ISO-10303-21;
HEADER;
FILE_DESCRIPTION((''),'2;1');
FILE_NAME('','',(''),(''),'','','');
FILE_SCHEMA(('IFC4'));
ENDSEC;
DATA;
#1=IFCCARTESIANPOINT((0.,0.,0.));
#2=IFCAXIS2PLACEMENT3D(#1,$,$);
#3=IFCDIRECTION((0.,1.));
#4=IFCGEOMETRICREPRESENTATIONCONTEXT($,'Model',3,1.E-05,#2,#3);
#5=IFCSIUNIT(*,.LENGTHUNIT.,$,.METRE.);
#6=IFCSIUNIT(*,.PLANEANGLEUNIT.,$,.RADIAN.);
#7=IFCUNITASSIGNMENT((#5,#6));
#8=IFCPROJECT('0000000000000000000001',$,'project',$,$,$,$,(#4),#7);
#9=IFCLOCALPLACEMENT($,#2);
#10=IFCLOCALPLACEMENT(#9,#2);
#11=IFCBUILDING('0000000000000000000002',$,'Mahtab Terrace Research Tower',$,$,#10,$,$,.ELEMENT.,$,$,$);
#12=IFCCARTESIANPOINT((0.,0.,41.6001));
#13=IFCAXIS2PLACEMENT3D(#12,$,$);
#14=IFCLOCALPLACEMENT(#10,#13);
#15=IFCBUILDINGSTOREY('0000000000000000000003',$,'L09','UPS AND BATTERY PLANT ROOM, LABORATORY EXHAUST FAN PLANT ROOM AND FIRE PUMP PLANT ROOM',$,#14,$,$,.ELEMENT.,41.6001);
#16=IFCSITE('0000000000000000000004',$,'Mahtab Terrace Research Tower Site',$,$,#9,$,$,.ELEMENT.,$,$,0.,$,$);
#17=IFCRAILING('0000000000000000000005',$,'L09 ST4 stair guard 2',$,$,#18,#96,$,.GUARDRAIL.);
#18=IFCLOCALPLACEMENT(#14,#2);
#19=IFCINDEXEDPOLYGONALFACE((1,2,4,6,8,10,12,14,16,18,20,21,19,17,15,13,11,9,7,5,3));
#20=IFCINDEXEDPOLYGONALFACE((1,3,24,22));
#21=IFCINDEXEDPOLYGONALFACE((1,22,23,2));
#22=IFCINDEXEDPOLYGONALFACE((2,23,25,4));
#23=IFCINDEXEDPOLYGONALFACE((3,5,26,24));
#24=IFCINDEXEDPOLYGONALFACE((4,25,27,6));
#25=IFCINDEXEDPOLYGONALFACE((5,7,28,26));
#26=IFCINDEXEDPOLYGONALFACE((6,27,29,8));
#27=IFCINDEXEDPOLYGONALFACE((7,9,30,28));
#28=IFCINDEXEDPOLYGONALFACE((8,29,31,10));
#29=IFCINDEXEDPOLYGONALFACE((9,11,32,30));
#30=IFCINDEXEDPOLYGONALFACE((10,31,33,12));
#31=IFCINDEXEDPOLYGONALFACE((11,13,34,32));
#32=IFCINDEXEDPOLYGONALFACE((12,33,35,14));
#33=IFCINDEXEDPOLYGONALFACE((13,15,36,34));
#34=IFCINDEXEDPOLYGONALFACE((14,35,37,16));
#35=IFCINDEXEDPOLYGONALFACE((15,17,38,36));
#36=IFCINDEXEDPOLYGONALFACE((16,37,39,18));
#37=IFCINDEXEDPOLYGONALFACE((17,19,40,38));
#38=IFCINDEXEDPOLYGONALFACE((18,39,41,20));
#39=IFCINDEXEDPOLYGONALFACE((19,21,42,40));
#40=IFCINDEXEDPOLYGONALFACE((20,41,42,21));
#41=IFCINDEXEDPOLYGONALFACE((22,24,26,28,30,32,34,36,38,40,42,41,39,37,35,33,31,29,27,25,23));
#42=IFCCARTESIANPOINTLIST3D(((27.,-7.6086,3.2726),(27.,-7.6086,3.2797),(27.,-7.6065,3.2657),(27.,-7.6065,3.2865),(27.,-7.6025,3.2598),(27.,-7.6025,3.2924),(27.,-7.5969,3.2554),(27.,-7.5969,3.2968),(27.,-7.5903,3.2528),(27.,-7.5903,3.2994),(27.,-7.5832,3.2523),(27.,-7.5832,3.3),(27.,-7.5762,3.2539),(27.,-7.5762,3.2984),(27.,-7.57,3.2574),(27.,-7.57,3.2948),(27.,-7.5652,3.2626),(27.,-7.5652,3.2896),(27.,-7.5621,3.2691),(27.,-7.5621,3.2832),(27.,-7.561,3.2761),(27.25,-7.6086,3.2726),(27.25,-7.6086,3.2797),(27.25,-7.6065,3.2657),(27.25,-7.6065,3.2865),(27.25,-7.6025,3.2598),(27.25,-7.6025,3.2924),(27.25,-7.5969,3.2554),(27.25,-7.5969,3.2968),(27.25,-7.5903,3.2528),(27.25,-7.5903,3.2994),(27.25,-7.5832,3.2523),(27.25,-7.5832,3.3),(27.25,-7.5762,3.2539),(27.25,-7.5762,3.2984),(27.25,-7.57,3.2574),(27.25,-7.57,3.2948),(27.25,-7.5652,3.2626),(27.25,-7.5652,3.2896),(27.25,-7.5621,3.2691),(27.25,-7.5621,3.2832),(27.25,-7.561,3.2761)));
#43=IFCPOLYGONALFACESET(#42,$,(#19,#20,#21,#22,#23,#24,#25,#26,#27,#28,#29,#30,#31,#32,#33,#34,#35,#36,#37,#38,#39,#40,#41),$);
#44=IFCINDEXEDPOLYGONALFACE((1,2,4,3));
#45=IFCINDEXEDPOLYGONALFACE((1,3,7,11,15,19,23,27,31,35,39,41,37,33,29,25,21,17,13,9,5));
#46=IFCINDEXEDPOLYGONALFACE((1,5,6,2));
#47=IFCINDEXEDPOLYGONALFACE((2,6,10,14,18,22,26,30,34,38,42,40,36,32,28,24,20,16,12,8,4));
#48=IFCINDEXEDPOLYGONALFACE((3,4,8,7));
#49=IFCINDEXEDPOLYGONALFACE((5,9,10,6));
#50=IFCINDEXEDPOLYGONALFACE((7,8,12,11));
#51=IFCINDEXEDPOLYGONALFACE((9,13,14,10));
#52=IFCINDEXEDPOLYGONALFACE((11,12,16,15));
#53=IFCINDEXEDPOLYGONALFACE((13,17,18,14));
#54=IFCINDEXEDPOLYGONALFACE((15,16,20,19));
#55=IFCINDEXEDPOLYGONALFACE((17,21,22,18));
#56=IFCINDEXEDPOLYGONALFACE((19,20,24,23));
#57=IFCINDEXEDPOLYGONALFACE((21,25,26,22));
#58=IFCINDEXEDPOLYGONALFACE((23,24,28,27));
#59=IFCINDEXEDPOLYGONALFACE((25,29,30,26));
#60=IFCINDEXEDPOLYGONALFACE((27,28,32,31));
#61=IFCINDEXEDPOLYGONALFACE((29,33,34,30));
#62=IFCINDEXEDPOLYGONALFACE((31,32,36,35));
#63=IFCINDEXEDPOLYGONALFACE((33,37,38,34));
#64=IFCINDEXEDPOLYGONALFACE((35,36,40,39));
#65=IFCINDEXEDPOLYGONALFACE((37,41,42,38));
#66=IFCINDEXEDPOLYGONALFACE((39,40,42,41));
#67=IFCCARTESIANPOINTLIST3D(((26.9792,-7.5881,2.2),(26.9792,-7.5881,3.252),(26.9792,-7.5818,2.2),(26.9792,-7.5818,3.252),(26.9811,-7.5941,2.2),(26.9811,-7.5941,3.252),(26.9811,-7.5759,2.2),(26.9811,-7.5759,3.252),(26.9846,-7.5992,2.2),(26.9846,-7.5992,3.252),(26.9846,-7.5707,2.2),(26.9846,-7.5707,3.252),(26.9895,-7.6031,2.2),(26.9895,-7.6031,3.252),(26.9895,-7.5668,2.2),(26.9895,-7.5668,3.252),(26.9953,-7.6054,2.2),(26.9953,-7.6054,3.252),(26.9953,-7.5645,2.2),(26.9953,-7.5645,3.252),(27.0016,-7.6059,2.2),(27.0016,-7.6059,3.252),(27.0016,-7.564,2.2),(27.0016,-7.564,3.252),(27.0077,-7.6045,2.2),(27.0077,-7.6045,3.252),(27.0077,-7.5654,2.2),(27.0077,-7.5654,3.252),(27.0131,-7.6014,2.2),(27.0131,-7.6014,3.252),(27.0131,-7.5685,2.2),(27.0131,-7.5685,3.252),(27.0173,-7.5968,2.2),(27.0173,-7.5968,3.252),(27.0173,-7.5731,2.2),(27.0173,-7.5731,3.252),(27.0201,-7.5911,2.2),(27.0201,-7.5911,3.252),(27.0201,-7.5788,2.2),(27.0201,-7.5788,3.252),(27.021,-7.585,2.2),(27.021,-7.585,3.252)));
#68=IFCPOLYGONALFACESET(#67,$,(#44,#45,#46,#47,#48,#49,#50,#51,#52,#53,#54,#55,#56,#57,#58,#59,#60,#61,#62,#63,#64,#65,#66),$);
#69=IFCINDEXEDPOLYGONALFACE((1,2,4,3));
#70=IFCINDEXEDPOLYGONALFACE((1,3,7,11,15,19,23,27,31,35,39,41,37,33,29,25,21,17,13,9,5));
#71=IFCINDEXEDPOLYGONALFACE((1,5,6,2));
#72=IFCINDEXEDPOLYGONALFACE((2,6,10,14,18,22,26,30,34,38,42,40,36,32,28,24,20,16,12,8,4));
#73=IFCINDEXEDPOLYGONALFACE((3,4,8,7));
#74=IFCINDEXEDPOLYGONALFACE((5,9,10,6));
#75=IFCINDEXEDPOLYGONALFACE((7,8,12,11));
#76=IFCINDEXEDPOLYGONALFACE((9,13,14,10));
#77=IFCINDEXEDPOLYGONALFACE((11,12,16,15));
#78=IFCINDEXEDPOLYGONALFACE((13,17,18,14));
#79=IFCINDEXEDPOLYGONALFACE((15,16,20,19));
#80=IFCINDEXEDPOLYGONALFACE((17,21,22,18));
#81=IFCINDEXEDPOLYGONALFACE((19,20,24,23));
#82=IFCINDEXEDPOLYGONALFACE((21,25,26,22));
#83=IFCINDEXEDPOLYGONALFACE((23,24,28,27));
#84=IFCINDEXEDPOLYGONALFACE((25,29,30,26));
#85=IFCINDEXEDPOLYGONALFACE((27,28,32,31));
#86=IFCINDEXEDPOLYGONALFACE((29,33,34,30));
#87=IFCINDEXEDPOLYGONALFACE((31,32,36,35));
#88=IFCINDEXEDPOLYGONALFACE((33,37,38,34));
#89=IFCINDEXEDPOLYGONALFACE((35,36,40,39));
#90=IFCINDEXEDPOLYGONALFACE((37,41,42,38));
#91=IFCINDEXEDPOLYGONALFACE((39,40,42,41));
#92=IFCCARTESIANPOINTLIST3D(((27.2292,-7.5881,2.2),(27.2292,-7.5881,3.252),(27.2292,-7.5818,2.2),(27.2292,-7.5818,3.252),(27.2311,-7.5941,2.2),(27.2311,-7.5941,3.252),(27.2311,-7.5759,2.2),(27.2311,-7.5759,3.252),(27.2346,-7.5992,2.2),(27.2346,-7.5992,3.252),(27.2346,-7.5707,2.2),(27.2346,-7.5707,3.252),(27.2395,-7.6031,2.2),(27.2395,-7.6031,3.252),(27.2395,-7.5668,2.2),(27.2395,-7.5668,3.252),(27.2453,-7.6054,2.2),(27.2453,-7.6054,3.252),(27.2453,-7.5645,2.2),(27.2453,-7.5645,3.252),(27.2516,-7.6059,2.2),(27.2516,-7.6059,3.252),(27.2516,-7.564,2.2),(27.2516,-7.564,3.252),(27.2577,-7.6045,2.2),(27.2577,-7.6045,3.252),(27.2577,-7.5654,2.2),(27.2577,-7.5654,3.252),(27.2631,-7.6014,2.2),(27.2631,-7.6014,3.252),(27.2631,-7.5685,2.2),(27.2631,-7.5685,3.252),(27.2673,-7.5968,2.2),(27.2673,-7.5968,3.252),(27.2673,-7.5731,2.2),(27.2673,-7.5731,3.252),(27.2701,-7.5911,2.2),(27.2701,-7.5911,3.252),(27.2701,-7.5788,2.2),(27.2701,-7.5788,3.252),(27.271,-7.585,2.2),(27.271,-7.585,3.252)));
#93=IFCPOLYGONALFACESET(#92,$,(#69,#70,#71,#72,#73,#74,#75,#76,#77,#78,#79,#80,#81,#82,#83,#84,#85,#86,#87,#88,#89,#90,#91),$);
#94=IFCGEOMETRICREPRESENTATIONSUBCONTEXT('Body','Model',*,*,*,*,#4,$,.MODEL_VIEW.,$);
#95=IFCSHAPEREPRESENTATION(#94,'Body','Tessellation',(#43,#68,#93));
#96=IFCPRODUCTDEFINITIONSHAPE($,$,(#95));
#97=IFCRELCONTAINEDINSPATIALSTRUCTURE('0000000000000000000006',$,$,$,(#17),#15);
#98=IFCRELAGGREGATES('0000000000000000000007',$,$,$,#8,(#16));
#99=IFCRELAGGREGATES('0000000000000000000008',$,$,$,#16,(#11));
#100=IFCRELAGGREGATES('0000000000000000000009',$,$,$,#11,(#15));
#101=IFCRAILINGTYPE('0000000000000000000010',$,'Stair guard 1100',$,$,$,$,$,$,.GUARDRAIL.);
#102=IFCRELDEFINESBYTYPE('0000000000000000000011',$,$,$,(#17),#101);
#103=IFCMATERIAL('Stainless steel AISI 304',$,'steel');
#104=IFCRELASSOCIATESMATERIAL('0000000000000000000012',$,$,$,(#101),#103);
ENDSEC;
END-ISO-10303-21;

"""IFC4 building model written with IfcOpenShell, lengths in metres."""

from ifc_helpers import new_model, si_unit, direction, frame, origin, origin_2d, place, context, subcontext, project, spatial, circle, extrude, material, type_object, element, save


model = new_model("IFC4")

# Units and contexts
model_context = context("Model", 3, precision=1e-05, world=origin(), true_north=direction((0.0, 1.0)))
body_context = subcontext(model_context, "Body", "Model", "MODEL_VIEW")
ifc_project = project(units=[si_unit("LENGTHUNIT", "METRE"), si_unit("PLANEANGLEUNIT", "RADIAN")], contexts=[model_context])

# Site, building, storey
site_placement = place(None, origin())
site = spatial("IfcSite", under=ifc_project, at=site_placement, Name="Mahtab Terrace Research Tower Site", CompositionType="ELEMENT", RefElevation=0.0)
building_placement = place(site_placement, origin())
building = spatial("IfcBuilding", under=site, at=building_placement, Name="Mahtab Terrace Research Tower", CompositionType="ELEMENT")
storey_placement = place(building_placement, frame((0.0, 0.0, 41.6001)))
storey = spatial("IfcBuildingStorey", under=building, at=storey_placement, Name="L09", Description="UPS AND BATTERY PLANT ROOM, LABORATORY EXHAUST FAN PLANT ROOM AND FIRE PUMP PLANT ROOM", CompositionType="ELEMENT", Elevation=41.6001)

# Railing
ifc_material_1 = material(Name="Stainless steel AISI 304", Category="steel")
railing_type_1 = type_object("IfcRailingType", Name="Stair guard 1100", PredefinedType="GUARDRAIL", material=ifc_material_1)
railing_1_placement = place(storey_placement, frame((27.0, -7.585, 2.2)))
element("IfcRailing", 1, at=railing_1_placement, inside=storey, type_object=railing_type_1, Name="L09 ST4 stair guard 2", PredefinedType="GUARDRAIL", context=body_context, shape_type="SweptSolid", body=[
    extrude(circle(Radius=0.0239, at=origin_2d()), frame((0.0, 0.0, 1.0762), z_axis=(1.0, 0.0, 0.0), x_axis=(0.0, 1.0, 0.0)), (0.0, 0.0, 1.0), 0.25),
    extrude(circle(Radius=0.021, at=origin_2d()), origin(), (0.0, 0.0, 1.0), 1.052),
    extrude(circle(Radius=0.021, at=origin_2d()), frame((0.25, 0.0, 0.0)), (0.0, 0.0, 1.0), 1.052),
])

save(model, "model.ifc")
